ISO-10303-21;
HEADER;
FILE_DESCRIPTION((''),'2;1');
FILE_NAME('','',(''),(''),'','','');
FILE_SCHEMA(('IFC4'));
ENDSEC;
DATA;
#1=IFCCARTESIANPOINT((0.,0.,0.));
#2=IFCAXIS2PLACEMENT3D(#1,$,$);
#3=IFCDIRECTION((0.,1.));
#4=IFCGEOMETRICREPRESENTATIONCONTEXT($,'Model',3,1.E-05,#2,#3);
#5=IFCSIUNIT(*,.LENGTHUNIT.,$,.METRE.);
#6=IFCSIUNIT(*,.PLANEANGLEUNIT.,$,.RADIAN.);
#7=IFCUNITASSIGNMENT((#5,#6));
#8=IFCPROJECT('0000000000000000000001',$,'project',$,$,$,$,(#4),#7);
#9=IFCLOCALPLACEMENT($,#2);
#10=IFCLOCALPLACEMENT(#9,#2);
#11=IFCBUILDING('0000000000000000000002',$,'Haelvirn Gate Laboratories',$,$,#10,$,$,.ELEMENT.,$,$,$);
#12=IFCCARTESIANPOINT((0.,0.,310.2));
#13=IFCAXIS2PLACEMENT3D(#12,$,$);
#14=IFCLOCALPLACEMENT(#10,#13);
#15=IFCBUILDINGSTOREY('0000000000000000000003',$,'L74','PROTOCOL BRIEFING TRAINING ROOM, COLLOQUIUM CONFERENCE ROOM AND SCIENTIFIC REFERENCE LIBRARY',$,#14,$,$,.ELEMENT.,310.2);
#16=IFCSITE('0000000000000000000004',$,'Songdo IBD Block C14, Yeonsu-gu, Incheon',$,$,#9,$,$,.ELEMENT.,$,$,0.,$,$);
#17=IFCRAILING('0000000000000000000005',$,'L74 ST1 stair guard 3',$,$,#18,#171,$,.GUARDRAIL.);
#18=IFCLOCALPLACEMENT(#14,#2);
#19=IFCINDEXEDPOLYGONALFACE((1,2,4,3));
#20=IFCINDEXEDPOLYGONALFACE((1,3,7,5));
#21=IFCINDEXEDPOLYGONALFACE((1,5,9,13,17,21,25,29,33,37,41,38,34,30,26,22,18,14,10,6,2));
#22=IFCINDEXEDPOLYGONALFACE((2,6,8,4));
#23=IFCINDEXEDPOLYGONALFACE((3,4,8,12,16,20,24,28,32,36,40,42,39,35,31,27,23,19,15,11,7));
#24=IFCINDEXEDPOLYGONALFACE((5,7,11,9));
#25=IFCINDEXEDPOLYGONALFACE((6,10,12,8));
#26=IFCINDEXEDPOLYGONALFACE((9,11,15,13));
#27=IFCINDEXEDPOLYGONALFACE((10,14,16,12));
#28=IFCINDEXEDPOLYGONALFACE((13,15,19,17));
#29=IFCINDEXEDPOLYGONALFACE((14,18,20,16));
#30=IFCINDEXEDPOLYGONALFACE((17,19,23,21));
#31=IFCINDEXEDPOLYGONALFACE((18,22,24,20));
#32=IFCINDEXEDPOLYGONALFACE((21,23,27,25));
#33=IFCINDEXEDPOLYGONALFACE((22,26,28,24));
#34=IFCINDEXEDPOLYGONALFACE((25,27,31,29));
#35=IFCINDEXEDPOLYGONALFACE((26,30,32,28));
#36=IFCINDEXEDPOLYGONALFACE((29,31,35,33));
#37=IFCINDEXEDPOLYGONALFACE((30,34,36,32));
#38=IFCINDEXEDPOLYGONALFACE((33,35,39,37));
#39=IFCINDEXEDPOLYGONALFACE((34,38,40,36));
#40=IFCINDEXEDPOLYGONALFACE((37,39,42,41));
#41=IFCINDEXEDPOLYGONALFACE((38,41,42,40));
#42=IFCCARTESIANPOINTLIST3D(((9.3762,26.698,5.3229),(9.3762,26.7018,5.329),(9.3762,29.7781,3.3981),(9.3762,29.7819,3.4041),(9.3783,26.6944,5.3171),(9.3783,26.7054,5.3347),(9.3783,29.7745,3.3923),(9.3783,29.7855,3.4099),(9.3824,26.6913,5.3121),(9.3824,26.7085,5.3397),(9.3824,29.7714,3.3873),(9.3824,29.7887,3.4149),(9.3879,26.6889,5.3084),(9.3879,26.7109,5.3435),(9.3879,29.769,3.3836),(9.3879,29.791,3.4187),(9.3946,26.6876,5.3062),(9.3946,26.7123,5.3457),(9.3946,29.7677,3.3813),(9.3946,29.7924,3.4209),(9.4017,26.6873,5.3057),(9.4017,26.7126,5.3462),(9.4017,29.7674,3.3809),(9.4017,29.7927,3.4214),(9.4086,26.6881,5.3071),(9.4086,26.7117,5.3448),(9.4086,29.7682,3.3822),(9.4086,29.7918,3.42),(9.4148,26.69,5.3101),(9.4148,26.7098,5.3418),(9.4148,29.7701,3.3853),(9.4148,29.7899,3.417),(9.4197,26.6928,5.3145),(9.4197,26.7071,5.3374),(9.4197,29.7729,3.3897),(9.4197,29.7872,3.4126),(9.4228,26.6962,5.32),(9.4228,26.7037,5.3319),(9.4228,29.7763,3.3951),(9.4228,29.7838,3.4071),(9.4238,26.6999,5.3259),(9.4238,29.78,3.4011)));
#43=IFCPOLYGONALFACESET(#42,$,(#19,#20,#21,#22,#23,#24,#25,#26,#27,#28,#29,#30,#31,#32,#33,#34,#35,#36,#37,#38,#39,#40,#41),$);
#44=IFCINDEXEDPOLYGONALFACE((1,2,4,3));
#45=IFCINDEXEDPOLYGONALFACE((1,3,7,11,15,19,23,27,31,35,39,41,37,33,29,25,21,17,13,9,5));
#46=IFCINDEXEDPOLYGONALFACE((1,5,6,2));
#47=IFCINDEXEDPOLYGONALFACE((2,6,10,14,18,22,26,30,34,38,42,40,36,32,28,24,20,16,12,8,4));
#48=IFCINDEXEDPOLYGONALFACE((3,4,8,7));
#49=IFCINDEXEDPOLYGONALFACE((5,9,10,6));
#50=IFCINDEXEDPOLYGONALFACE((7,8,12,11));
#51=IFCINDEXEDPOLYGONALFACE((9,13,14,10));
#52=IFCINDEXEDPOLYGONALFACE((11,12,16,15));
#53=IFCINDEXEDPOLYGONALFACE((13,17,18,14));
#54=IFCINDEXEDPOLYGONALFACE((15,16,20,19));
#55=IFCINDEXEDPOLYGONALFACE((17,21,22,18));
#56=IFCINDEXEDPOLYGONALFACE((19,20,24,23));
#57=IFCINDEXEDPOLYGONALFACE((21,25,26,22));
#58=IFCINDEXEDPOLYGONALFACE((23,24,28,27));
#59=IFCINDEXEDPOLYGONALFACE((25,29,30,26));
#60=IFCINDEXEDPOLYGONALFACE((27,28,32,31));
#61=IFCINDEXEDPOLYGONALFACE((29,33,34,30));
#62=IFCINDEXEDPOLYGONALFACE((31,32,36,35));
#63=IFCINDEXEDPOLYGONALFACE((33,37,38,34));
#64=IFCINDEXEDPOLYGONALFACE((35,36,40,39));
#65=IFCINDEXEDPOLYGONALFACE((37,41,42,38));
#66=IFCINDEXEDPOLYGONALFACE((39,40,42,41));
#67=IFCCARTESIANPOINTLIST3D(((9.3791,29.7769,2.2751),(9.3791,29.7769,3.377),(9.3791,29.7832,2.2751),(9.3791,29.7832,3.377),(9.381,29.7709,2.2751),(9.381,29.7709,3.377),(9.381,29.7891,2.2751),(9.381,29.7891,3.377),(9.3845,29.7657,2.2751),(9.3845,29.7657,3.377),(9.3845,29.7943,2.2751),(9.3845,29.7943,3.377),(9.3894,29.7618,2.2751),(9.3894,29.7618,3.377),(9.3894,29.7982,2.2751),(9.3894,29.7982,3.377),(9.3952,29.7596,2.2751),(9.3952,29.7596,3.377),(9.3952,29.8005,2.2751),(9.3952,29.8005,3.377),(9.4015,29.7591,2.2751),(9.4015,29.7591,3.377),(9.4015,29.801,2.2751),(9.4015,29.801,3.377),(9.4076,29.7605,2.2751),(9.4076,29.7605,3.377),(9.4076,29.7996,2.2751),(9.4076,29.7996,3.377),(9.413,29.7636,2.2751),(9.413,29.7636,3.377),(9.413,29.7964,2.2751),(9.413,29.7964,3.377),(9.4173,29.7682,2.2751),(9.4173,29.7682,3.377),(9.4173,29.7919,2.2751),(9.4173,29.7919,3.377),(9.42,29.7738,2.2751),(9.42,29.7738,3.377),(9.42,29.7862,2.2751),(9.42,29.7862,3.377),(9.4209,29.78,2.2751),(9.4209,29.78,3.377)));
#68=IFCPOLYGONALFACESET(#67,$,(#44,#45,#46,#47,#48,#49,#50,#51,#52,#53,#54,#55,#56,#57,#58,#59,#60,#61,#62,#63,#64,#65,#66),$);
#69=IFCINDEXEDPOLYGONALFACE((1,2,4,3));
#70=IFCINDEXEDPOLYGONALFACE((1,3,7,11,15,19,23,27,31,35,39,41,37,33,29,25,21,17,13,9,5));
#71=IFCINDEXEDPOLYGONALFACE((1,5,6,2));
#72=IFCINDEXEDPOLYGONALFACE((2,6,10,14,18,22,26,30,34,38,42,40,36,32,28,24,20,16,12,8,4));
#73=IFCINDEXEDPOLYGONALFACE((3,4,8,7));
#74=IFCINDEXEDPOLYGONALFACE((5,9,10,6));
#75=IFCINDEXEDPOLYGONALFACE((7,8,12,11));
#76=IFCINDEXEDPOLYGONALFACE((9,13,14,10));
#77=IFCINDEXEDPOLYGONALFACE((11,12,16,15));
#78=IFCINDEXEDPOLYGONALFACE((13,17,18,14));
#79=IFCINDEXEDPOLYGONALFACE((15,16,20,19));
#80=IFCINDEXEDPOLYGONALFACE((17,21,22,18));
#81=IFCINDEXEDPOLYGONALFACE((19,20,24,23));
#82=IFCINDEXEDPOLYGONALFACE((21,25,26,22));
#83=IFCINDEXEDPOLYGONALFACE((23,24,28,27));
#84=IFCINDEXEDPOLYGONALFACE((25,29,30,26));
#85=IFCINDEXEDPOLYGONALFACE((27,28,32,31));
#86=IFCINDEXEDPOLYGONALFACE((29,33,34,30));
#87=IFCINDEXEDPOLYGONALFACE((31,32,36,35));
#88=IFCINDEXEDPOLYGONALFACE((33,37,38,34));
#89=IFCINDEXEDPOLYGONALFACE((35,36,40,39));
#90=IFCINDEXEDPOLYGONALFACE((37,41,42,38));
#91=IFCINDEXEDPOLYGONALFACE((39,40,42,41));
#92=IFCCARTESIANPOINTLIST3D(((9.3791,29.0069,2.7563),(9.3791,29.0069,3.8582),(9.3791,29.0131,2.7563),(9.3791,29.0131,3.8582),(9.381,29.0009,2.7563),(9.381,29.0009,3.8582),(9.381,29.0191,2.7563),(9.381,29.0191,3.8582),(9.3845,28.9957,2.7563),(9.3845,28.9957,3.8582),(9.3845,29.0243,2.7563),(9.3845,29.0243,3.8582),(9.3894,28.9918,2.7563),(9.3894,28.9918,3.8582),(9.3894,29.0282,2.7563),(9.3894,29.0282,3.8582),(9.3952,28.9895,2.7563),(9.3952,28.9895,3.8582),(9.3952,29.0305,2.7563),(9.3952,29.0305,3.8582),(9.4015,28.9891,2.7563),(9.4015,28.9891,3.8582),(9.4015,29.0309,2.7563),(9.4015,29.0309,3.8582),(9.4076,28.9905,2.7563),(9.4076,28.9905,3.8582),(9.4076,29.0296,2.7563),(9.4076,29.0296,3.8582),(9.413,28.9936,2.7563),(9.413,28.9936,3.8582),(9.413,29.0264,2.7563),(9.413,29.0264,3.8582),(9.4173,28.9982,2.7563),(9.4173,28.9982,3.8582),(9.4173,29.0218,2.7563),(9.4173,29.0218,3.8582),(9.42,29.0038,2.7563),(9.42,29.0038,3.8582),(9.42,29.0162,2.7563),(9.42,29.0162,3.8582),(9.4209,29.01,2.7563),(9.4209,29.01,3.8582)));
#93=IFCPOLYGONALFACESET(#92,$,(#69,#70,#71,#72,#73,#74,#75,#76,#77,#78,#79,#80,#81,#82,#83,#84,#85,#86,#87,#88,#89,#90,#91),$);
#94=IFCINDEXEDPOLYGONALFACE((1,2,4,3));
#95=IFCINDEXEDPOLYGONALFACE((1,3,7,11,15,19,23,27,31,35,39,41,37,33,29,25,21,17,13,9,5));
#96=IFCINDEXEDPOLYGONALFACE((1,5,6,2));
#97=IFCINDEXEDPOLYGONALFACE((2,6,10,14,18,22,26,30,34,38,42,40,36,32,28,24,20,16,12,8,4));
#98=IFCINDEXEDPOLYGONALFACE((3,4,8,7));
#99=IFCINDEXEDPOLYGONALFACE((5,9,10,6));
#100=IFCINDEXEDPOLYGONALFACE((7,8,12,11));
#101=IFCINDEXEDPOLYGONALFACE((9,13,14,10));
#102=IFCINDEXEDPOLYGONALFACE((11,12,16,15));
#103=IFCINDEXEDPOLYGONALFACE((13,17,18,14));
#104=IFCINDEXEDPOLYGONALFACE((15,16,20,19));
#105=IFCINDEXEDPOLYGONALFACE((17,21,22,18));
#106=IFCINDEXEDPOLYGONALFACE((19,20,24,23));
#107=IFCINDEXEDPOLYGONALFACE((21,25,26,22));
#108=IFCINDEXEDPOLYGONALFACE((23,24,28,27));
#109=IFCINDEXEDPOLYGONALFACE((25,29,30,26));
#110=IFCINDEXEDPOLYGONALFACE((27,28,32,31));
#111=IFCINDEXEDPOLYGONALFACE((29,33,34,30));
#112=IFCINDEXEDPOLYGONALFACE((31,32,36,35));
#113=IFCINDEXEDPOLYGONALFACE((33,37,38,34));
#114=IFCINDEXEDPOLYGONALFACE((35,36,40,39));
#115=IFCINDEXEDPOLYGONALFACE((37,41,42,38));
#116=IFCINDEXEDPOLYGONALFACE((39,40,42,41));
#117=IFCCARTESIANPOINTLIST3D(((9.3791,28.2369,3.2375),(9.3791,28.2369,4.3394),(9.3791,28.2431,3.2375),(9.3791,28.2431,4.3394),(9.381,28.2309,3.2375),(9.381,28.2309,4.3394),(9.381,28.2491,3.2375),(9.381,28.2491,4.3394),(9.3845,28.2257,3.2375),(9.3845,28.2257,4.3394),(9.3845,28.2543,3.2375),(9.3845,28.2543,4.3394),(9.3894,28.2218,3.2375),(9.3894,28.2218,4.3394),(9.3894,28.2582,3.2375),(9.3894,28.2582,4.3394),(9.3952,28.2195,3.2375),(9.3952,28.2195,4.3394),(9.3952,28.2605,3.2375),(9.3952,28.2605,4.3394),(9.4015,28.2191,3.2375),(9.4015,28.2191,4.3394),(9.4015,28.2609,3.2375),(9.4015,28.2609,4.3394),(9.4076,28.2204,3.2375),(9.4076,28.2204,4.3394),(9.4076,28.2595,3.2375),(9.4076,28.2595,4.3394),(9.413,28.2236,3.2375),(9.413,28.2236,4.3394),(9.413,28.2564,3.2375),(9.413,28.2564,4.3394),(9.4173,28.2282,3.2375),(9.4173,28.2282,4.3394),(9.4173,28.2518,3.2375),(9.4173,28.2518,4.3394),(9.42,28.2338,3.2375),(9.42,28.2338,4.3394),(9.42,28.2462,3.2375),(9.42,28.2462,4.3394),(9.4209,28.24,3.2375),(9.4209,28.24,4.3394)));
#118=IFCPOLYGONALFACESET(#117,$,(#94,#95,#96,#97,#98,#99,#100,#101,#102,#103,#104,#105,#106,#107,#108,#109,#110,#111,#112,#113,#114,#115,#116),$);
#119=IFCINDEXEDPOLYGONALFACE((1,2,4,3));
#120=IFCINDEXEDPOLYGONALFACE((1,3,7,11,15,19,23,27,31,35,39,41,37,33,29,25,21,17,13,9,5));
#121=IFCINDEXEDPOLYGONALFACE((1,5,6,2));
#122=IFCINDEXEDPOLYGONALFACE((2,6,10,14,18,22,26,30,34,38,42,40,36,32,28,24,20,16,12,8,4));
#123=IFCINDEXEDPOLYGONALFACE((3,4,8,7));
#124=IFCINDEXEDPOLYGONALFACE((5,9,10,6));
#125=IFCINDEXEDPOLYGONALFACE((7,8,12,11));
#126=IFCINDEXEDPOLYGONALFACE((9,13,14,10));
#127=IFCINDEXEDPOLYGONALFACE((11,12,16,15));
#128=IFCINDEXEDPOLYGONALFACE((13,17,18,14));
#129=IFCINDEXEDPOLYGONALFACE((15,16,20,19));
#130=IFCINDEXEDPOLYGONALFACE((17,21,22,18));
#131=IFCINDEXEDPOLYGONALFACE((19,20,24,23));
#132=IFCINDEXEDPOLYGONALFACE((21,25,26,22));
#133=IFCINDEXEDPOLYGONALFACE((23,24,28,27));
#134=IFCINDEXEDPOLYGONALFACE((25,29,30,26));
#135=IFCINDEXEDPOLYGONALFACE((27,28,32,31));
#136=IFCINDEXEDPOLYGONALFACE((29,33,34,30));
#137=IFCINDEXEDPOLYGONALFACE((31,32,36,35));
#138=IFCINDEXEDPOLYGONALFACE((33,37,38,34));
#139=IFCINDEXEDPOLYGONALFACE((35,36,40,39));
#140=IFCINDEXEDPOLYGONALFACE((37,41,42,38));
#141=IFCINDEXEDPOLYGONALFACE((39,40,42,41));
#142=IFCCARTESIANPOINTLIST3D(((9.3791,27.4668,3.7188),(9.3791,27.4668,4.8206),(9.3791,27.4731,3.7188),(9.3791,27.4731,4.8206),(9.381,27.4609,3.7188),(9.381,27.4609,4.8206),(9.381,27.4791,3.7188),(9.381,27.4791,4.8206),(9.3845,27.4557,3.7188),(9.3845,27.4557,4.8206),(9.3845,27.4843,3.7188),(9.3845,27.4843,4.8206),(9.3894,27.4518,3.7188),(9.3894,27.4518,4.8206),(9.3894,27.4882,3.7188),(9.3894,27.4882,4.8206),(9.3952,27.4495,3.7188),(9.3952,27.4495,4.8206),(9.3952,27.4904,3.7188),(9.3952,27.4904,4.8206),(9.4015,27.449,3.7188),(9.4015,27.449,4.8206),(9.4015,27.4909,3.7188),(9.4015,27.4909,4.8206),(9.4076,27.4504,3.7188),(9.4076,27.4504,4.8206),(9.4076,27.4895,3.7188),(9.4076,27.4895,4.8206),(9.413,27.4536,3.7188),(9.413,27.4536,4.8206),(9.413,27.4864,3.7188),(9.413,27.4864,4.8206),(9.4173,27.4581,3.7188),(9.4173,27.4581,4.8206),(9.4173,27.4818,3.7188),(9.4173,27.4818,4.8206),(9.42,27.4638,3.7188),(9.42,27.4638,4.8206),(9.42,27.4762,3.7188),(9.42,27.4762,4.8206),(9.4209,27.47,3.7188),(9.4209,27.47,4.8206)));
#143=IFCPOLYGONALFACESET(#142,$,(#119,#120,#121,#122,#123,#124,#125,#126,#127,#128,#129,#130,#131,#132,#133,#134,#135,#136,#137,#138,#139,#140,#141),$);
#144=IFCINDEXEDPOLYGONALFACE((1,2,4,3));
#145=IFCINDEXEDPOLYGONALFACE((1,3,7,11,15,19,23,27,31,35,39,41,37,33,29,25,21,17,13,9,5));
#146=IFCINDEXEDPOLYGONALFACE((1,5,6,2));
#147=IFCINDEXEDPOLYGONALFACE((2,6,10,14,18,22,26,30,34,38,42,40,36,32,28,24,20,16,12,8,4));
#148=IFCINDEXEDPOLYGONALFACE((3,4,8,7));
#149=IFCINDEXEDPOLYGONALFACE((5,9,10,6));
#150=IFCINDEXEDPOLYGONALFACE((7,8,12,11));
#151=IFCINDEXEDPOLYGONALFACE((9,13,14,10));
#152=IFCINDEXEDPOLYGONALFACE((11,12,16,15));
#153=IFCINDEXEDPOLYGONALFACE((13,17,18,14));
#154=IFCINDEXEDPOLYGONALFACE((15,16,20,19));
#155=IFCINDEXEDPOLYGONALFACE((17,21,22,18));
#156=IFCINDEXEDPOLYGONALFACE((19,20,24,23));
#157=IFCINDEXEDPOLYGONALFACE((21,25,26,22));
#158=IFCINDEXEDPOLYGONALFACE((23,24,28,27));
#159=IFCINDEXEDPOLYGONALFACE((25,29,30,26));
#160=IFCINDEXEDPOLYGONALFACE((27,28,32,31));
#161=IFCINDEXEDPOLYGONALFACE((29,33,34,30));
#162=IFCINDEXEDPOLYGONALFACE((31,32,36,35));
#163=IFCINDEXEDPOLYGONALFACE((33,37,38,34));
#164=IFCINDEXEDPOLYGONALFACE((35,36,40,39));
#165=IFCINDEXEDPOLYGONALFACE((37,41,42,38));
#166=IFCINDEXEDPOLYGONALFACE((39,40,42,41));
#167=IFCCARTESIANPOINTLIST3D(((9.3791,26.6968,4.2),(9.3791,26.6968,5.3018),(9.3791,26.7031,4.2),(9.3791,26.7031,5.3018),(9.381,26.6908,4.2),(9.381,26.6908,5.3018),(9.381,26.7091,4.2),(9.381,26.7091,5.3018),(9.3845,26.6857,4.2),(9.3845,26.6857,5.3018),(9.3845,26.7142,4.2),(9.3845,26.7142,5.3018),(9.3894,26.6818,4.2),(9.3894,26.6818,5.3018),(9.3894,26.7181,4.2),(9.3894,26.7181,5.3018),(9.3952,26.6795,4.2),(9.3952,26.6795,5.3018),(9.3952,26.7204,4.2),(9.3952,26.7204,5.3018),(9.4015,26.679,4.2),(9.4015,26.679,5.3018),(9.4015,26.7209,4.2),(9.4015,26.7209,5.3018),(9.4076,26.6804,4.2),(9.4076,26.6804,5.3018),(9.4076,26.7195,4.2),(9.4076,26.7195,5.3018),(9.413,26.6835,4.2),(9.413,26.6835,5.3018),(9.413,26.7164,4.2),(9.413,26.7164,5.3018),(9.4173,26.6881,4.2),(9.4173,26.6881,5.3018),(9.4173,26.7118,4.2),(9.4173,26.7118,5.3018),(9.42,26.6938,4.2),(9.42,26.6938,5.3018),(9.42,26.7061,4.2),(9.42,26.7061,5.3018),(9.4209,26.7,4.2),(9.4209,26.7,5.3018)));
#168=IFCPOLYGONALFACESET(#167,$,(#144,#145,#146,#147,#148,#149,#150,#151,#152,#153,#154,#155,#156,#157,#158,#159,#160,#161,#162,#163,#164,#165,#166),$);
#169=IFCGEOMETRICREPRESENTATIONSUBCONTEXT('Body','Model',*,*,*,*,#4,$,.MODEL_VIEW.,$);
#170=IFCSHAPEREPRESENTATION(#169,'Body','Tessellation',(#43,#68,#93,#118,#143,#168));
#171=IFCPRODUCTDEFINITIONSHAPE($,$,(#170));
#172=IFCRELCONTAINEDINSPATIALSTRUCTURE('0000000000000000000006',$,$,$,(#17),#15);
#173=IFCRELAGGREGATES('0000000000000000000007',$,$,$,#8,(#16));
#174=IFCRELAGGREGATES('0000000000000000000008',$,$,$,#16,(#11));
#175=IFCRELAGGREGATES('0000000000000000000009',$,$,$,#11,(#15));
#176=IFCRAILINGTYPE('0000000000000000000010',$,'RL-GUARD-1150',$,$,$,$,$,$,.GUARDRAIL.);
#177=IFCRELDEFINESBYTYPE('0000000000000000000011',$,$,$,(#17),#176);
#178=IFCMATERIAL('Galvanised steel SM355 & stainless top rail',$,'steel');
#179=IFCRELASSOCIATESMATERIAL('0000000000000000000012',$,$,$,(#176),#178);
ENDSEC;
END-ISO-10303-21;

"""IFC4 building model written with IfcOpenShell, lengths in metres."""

from ifc_helpers import new_model, si_unit, direction, frame, origin, origin_2d, place, context, subcontext, project, spatial, circle, extrude, source, transform, mapped, material, type_object, element, save


model = new_model("IFC4")

# Units and contexts
model_context = context("Model", 3, precision=1e-05, world=origin(), true_north=direction((0.0, 1.0)))
body_context = subcontext(model_context, "Body", "Model", "MODEL_VIEW")
ifc_project = project(units=[si_unit("LENGTHUNIT", "METRE"), si_unit("PLANEANGLEUNIT", "RADIAN")], contexts=[model_context])

# Site, building, storey
site_placement = place(None, origin())
site = spatial("IfcSite", under=ifc_project, at=site_placement, Name="Songdo IBD Block C14, Yeonsu-gu, Incheon", CompositionType="ELEMENT", RefElevation=0.0)
building_placement = place(site_placement, origin())
building = spatial("IfcBuilding", under=site, at=building_placement, Name="Haelvirn Gate Laboratories", CompositionType="ELEMENT")
storey_placement = place(building_placement, frame((0.0, 0.0, 310.2)))
storey = spatial("IfcBuildingStorey", under=building, at=storey_placement, Name="L74", Description="PROTOCOL BRIEFING TRAINING ROOM, COLLOQUIUM CONFERENCE ROOM AND SCIENTIFIC REFERENCE LIBRARY", CompositionType="ELEMENT", Elevation=310.2)

# Railing
ifc_material_1 = material(Name="Galvanised steel SM355 & stainless top rail", Category="steel")
railing_type_1 = type_object("IfcRailingType", Name="RL-GUARD-1150", PredefinedType="GUARDRAIL", material=ifc_material_1)
shared_shape_1 = source(origin(), body_context, "Body", "SweptSolid", [
    extrude(circle(Radius=0.0239, at=origin_2d()), frame((0.0, 0.0, 1.126), z_axis=(0.0, -0.848029, 0.529951), x_axis=(1.0, 0.0, 0.0)), (0.0, 0.0, 1.0), 3.6321),
    extrude(circle(Radius=0.021, at=origin_2d()), origin(), (0.0, 0.0, 1.0), 1.1018),
    extrude(circle(Radius=0.021, at=origin_2d()), frame((0.0, -0.77, 0.4812)), (0.0, 0.0, 1.0), 1.1018),
    extrude(circle(Radius=0.021, at=origin_2d()), frame((0.0, -1.54, 0.9624)), (0.0, 0.0, 1.0), 1.1018),
    extrude(circle(Radius=0.021, at=origin_2d()), frame((0.0, -2.3101, 1.4436)), (0.0, 0.0, 1.0), 1.1018),
    extrude(circle(Radius=0.021, at=origin_2d()), frame((0.0, -3.0801, 1.9248)), (0.0, 0.0, 1.0), 1.1018),
])
railing_1_placement = place(storey_placement, frame((9.3999, 29.78, 2.2751)))
element("IfcRailing", 1, at=railing_1_placement, inside=storey, type_object=railing_type_1, Name="L74 ST1 stair guard 3", PredefinedType="GUARDRAIL", context=body_context, shape_type="MappedRepresentation", body=[
    mapped(shared_shape_1, transform((0.0, 0.0, 0.0), scale=1.0)),
])

save(model, "model.ifc")
